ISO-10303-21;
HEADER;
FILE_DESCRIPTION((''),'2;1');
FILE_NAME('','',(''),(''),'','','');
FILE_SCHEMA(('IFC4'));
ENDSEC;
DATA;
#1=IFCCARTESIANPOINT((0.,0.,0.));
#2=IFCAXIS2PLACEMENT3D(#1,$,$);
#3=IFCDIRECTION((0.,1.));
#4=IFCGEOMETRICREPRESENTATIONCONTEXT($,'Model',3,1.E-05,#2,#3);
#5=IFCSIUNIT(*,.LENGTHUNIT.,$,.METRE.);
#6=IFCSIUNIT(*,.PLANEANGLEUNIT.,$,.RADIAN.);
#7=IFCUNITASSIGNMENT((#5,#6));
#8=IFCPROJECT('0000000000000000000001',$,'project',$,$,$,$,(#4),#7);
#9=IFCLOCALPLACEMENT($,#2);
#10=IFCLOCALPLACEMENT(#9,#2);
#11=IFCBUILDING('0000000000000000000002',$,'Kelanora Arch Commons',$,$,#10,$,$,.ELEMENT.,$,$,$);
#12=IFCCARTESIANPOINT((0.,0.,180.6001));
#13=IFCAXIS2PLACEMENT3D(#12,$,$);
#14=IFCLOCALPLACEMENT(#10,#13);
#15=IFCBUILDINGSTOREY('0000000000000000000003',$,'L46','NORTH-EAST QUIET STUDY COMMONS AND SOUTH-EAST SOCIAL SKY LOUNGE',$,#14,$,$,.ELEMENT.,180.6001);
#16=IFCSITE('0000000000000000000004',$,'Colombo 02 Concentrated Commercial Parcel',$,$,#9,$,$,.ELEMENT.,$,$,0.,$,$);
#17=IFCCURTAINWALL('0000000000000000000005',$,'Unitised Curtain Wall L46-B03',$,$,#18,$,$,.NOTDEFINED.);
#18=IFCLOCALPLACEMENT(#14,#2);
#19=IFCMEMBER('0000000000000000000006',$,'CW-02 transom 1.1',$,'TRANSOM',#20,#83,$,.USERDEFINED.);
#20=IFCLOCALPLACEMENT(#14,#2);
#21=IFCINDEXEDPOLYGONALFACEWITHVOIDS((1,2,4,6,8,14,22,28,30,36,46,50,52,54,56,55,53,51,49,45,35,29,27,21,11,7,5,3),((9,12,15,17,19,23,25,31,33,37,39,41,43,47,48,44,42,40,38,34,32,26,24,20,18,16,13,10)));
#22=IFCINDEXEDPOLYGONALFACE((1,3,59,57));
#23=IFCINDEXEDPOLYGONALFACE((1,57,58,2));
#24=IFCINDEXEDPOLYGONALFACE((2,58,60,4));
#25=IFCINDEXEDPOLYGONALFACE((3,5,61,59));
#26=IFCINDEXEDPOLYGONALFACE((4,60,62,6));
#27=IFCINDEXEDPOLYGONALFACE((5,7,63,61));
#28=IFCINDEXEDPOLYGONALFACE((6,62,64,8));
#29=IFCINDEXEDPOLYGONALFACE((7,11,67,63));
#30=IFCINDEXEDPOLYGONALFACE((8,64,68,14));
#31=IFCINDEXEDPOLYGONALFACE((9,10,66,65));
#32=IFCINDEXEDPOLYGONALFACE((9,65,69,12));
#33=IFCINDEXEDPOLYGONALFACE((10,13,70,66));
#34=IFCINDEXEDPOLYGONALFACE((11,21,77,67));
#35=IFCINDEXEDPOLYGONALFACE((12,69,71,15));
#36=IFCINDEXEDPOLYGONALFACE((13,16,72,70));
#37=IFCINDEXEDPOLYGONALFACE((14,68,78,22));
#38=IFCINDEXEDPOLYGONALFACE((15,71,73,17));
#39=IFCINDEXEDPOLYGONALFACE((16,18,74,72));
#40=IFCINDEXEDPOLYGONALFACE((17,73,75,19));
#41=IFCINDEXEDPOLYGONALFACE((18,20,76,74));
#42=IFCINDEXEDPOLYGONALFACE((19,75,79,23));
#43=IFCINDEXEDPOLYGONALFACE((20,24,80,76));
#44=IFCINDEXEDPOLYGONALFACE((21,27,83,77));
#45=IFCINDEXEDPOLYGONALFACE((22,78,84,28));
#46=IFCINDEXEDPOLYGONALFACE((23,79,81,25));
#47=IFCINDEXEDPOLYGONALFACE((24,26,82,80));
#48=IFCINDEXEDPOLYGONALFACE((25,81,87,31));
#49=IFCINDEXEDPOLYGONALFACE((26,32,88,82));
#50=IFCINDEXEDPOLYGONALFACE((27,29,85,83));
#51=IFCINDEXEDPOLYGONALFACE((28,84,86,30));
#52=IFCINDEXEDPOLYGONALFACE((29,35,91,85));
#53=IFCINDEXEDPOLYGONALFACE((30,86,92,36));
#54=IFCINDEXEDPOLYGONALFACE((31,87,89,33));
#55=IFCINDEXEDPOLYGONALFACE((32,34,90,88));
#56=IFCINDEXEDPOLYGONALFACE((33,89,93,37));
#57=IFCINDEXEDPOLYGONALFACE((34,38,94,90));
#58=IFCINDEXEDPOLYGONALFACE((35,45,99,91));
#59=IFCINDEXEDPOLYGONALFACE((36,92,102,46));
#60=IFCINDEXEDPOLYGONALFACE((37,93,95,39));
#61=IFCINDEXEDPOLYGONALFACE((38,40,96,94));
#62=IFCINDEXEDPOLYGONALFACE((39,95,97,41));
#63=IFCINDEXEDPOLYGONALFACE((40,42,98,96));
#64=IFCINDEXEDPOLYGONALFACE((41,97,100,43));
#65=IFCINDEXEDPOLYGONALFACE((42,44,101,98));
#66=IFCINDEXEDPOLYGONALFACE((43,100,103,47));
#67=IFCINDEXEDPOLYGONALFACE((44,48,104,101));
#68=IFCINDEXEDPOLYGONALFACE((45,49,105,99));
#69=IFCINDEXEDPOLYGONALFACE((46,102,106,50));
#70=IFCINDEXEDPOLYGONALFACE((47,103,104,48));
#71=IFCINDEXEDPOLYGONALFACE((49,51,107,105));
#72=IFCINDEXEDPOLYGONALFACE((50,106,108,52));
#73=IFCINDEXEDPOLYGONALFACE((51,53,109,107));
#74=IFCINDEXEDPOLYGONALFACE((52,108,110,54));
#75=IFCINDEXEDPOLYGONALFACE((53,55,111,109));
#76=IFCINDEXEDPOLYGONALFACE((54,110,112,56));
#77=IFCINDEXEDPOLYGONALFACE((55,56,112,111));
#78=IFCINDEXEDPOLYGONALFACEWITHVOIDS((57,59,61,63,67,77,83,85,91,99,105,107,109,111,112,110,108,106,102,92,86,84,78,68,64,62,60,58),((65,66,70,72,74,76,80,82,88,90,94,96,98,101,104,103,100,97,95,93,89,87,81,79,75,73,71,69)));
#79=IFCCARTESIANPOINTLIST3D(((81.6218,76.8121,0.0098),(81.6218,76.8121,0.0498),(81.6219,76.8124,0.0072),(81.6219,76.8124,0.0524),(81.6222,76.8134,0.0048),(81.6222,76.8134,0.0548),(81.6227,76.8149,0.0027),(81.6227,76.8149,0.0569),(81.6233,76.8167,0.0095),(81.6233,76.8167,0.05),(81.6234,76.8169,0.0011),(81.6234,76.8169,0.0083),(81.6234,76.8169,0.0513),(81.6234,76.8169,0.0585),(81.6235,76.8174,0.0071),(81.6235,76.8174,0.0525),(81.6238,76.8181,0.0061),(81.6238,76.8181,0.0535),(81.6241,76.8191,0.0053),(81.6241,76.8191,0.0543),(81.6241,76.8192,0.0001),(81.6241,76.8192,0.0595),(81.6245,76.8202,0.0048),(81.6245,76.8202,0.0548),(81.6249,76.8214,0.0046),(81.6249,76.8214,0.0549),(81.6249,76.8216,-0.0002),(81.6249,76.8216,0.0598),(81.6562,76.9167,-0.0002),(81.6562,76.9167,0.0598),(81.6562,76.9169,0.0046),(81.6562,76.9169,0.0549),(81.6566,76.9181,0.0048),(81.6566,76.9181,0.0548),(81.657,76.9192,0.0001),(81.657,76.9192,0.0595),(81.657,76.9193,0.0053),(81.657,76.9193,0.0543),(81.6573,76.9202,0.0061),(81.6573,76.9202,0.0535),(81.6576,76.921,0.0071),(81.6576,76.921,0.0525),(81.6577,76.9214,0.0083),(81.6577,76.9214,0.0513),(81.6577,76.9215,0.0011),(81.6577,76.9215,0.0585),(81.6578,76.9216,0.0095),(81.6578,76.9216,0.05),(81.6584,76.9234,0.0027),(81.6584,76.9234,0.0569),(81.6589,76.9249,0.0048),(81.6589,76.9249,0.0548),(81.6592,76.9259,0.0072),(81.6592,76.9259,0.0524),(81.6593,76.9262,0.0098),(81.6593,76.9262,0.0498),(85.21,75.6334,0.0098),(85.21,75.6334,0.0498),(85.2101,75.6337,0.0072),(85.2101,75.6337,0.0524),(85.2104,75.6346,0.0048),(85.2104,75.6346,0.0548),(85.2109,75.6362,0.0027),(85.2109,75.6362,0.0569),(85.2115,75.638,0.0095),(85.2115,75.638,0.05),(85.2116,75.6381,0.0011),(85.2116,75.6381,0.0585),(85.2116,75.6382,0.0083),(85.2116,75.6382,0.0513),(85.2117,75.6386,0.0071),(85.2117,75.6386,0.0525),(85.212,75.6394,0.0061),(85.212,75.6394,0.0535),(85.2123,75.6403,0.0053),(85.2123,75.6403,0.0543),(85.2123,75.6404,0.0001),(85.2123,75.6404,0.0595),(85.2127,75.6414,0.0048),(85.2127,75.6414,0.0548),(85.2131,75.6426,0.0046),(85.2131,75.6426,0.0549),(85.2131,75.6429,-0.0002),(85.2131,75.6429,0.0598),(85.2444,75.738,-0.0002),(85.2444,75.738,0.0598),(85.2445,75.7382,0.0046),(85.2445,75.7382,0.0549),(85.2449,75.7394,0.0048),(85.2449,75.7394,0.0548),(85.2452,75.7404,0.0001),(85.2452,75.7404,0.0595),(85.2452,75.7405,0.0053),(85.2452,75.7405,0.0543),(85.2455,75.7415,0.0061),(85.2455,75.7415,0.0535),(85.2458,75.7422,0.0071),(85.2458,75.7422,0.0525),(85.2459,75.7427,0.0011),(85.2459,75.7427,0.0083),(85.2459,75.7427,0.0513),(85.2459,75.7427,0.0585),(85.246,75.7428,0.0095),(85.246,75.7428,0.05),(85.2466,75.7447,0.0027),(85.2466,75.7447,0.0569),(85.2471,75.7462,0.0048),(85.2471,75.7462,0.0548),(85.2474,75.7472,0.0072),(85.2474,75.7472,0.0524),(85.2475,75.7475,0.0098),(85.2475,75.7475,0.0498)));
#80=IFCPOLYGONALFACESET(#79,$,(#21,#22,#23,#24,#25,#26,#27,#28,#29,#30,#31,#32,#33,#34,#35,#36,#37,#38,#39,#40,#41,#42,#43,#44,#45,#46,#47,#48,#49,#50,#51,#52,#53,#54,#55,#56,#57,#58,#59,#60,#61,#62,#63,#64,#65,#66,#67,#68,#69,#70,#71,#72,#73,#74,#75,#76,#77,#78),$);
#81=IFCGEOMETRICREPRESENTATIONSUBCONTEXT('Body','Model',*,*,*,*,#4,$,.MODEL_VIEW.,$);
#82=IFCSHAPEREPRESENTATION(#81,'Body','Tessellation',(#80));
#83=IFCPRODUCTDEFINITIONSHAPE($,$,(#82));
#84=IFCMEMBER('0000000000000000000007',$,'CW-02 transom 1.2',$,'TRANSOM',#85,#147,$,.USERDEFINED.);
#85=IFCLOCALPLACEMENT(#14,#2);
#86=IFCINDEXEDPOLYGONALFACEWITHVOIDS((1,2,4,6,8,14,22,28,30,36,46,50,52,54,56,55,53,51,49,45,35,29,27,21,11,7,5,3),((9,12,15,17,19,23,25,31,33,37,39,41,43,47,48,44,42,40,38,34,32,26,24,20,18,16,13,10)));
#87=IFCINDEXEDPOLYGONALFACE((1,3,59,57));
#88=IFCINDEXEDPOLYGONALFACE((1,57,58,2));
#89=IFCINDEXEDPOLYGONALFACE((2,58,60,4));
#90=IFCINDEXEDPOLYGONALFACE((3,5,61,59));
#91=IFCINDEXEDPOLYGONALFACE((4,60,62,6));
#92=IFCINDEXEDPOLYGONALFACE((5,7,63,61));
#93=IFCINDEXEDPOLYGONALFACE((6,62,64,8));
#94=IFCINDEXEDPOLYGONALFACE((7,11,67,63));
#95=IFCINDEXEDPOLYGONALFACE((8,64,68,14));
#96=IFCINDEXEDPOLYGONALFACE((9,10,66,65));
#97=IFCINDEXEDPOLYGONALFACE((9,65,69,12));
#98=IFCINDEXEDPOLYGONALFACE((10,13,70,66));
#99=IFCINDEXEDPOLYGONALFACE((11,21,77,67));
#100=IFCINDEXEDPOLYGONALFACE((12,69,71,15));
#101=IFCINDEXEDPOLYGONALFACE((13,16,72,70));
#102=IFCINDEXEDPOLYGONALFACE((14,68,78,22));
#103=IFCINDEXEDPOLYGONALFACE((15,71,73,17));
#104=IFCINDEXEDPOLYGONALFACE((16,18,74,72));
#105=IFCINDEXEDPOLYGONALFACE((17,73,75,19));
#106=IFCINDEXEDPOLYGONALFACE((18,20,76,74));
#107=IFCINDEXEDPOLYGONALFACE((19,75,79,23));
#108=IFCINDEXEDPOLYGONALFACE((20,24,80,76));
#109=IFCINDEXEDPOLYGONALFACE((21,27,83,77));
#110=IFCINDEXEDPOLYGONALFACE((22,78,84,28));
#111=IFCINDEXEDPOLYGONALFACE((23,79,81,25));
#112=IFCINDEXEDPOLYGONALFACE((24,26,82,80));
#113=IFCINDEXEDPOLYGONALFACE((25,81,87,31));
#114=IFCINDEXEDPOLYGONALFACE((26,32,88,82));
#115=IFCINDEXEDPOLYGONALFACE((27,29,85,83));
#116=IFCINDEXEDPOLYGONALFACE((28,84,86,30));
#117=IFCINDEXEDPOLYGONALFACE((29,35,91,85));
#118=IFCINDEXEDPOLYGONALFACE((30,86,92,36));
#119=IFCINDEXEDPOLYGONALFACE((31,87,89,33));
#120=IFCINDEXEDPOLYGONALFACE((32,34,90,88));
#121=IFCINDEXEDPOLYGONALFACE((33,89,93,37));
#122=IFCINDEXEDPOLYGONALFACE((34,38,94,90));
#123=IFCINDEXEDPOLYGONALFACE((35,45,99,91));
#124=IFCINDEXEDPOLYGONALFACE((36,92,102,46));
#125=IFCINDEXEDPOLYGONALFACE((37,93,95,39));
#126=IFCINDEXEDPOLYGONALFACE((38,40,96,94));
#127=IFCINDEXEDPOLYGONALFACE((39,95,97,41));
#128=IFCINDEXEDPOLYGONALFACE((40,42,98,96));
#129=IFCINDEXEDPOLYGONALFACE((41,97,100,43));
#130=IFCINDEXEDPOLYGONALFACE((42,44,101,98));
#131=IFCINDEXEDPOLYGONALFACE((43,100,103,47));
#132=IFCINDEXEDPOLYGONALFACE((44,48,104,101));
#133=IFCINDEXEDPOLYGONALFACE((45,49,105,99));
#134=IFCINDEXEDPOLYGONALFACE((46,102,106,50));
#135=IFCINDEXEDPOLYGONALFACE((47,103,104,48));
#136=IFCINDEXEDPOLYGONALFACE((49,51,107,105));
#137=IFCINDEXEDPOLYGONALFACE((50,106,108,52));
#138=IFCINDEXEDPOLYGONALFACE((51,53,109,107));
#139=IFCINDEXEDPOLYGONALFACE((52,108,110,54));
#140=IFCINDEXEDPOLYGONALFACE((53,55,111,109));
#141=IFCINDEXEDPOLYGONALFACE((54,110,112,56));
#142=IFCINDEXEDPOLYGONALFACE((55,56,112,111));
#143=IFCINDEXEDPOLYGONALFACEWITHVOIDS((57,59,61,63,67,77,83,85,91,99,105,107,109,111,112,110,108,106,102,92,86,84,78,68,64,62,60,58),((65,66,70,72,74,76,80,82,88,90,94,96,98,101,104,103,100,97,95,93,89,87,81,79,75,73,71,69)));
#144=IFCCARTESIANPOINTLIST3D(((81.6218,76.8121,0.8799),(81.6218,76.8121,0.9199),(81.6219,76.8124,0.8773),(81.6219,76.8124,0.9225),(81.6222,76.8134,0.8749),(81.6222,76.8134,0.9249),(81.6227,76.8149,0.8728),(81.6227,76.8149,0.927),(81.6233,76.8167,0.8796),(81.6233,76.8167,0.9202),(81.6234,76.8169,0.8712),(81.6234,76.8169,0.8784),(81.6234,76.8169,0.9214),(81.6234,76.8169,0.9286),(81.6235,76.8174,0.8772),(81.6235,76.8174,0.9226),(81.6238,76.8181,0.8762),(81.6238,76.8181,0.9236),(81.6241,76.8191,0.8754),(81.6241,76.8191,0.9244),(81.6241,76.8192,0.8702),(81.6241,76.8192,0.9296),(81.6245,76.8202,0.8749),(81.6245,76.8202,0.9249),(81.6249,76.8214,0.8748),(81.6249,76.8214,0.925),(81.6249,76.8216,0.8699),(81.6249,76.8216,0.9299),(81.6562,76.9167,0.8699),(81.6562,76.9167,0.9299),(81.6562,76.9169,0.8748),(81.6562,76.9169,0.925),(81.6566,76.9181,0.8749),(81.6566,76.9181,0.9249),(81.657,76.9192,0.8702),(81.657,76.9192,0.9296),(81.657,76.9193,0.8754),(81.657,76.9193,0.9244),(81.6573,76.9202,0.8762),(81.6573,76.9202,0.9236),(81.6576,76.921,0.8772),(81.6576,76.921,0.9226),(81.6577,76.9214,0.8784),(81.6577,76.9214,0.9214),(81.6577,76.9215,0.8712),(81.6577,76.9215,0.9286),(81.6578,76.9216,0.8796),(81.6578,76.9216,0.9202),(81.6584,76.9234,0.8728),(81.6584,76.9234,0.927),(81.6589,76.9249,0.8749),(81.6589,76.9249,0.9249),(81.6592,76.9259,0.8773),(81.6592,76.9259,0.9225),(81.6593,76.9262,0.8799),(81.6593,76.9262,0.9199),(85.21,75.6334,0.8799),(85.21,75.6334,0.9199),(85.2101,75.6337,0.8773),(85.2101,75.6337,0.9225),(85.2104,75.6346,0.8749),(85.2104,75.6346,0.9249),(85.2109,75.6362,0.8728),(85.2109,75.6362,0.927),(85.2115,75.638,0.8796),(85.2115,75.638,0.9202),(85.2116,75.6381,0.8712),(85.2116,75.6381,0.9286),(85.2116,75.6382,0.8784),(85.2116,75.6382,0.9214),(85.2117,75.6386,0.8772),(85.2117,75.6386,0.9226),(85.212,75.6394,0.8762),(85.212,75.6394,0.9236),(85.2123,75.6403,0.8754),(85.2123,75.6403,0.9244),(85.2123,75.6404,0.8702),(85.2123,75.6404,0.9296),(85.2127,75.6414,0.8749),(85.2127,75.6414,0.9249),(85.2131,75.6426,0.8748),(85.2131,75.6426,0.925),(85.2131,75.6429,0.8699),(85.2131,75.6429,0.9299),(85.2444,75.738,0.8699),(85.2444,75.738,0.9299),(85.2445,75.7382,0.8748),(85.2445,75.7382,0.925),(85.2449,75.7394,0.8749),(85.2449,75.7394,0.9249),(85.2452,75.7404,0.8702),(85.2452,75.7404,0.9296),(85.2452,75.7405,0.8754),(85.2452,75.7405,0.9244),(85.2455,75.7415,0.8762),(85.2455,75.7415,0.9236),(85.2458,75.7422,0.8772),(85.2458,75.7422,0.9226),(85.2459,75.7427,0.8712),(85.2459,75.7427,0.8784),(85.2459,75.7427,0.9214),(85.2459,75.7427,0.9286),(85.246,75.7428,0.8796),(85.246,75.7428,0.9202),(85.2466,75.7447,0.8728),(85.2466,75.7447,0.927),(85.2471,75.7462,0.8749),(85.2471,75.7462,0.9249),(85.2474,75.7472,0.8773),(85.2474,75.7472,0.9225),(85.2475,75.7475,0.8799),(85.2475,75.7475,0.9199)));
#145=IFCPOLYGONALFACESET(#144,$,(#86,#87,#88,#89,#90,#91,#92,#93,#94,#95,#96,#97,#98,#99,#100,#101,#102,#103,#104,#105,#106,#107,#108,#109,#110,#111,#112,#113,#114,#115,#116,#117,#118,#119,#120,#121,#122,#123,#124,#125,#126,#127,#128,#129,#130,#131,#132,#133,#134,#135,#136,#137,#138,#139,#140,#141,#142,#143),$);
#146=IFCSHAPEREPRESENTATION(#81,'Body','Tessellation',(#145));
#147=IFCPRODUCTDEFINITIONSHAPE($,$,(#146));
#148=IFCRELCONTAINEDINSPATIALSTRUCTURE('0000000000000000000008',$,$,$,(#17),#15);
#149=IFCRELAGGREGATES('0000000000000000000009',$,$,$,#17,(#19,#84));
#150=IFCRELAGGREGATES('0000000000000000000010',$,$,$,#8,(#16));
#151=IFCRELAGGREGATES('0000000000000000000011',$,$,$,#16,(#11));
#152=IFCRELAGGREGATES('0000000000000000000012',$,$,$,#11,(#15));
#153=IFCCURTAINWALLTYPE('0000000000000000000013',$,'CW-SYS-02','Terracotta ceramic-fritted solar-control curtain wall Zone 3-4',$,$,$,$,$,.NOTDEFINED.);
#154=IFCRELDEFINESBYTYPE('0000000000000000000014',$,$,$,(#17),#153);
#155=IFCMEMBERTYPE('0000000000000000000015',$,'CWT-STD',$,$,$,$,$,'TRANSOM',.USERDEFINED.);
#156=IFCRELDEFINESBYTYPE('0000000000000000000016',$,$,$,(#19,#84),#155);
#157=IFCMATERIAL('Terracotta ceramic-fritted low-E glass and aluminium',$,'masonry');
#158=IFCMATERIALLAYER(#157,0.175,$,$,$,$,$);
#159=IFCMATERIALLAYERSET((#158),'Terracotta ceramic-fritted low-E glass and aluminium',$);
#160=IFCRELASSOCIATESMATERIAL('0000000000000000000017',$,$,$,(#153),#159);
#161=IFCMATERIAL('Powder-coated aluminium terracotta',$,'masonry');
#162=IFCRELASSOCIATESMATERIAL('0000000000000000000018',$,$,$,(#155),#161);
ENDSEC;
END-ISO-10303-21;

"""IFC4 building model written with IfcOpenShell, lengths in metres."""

from ifc_helpers import new_model, si_unit, direction, frame, origin, origin_2d, place, context, subcontext, project, spatial, hollow_rectangle, extrude, material, layer, layer_set, material_profile, profile_set, type_object, element, aggregate, save


model = new_model("IFC4")

# Units and contexts
model_context = context("Model", 3, precision=1e-05, world=origin(), true_north=direction((0.0, 1.0)))
body_context = subcontext(model_context, "Body", "Model", "MODEL_VIEW")
ifc_project = project(units=[si_unit("LENGTHUNIT", "METRE"), si_unit("PLANEANGLEUNIT", "RADIAN")], contexts=[model_context])

# Site, building, storey
site_placement = place(None, origin())
site = spatial("IfcSite", under=ifc_project, at=site_placement, Name="Colombo 02 Concentrated Commercial Parcel", CompositionType="ELEMENT", RefElevation=0.0)
building_placement = place(site_placement, origin())
building = spatial("IfcBuilding", under=site, at=building_placement, Name="Kelanora Arch Commons", CompositionType="ELEMENT")
storey_placement = place(building_placement, frame((0.0, 0.0, 180.6001)))
storey = spatial("IfcBuildingStorey", under=building, at=storey_placement, Name="L46", Description="NORTH-EAST QUIET STUDY COMMONS AND SOUTH-EAST SOCIAL SKY LOUNGE", CompositionType="ELEMENT", Elevation=180.6001)

# Curtain wall, members
ifc_material_1 = material(Name="Terracotta ceramic-fritted low-E glass and aluminium", Category="masonry")
ifc_layer_1 = layer(ifc_material_1, 0.175)
ifc_layer_set_1 = layer_set([ifc_layer_1], Name="Terracotta ceramic-fritted low-E glass and aluminium")
curtain_wall_type = type_object("IfcCurtainWallType", Name="CW-SYS-02", Description="Terracotta ceramic-fritted solar-control curtain wall Zone 3-4", PredefinedType="NOTDEFINED", material=ifc_layer_set_1)
curtain_wall_placement = place(storey_placement, origin())
curtain_wall = element("IfcCurtainWall", 1, at=curtain_wall_placement, inside=storey, type_object=curtain_wall_type, Name="Unitised Curtain Wall L46-B03", PredefinedType="NOTDEFINED")
ifc_material_2 = material(Name="Powder-coated aluminium terracotta", Category="masonry")
ifc_material_profile_1 = material_profile(ifc_material_2, hollow_rectangle(XDim=0.1201, YDim=0.0601, WallThickness=0.0049, InnerFilletRadius=0.0049, OuterFilletRadius=0.01, at=origin_2d()), Name="CWT120x60")
ifc_profile_set_1 = profile_set([ifc_material_profile_1], Name="Powder-coated aluminium terracotta")
member_type_1 = type_object("IfcMemberType", Name="CWT-STD", ElementType="TRANSOM", PredefinedType="USERDEFINED", material=ifc_profile_set_1)
member_1_placement = place(storey_placement, frame((85.2288, 75.6904, 0.0298), z_axis=(-0.950051, 0.312094, 0.0), x_axis=(-0.312094, -0.950051, 0.0)))
member_1 = element("IfcMember", 2, at=member_1_placement, type_object=member_type_1, Name="CW-02 transom 1.1", ObjectType="TRANSOM", PredefinedType="USERDEFINED", context=body_context, shape_type="SweptSolid", body=[
    extrude(hollow_rectangle(XDim=0.1201, YDim=0.0601, WallThickness=0.0049, InnerFilletRadius=0.0049, OuterFilletRadius=0.01, at=origin_2d()), origin(), (0.0, 0.0, 1.0), 3.7769),
])
member_2_placement = place(storey_placement, frame((85.2288, 75.6904, 0.8999), z_axis=(-0.950051, 0.312094, 0.0), x_axis=(-0.312094, -0.950051, 0.0)))
member_2 = element("IfcMember", 3, at=member_2_placement, type_object=member_type_1, Name="CW-02 transom 1.2", ObjectType="TRANSOM", PredefinedType="USERDEFINED", context=body_context, shape_type="SweptSolid", body=[
    extrude(hollow_rectangle(XDim=0.1201, YDim=0.0601, WallThickness=0.0049, InnerFilletRadius=0.0049, OuterFilletRadius=0.01, at=origin_2d()), origin(), (0.0, 0.0, 1.0), 3.7769),
])
aggregate(curtain_wall, [member_1, member_2])

save(model, "model.ifc")
